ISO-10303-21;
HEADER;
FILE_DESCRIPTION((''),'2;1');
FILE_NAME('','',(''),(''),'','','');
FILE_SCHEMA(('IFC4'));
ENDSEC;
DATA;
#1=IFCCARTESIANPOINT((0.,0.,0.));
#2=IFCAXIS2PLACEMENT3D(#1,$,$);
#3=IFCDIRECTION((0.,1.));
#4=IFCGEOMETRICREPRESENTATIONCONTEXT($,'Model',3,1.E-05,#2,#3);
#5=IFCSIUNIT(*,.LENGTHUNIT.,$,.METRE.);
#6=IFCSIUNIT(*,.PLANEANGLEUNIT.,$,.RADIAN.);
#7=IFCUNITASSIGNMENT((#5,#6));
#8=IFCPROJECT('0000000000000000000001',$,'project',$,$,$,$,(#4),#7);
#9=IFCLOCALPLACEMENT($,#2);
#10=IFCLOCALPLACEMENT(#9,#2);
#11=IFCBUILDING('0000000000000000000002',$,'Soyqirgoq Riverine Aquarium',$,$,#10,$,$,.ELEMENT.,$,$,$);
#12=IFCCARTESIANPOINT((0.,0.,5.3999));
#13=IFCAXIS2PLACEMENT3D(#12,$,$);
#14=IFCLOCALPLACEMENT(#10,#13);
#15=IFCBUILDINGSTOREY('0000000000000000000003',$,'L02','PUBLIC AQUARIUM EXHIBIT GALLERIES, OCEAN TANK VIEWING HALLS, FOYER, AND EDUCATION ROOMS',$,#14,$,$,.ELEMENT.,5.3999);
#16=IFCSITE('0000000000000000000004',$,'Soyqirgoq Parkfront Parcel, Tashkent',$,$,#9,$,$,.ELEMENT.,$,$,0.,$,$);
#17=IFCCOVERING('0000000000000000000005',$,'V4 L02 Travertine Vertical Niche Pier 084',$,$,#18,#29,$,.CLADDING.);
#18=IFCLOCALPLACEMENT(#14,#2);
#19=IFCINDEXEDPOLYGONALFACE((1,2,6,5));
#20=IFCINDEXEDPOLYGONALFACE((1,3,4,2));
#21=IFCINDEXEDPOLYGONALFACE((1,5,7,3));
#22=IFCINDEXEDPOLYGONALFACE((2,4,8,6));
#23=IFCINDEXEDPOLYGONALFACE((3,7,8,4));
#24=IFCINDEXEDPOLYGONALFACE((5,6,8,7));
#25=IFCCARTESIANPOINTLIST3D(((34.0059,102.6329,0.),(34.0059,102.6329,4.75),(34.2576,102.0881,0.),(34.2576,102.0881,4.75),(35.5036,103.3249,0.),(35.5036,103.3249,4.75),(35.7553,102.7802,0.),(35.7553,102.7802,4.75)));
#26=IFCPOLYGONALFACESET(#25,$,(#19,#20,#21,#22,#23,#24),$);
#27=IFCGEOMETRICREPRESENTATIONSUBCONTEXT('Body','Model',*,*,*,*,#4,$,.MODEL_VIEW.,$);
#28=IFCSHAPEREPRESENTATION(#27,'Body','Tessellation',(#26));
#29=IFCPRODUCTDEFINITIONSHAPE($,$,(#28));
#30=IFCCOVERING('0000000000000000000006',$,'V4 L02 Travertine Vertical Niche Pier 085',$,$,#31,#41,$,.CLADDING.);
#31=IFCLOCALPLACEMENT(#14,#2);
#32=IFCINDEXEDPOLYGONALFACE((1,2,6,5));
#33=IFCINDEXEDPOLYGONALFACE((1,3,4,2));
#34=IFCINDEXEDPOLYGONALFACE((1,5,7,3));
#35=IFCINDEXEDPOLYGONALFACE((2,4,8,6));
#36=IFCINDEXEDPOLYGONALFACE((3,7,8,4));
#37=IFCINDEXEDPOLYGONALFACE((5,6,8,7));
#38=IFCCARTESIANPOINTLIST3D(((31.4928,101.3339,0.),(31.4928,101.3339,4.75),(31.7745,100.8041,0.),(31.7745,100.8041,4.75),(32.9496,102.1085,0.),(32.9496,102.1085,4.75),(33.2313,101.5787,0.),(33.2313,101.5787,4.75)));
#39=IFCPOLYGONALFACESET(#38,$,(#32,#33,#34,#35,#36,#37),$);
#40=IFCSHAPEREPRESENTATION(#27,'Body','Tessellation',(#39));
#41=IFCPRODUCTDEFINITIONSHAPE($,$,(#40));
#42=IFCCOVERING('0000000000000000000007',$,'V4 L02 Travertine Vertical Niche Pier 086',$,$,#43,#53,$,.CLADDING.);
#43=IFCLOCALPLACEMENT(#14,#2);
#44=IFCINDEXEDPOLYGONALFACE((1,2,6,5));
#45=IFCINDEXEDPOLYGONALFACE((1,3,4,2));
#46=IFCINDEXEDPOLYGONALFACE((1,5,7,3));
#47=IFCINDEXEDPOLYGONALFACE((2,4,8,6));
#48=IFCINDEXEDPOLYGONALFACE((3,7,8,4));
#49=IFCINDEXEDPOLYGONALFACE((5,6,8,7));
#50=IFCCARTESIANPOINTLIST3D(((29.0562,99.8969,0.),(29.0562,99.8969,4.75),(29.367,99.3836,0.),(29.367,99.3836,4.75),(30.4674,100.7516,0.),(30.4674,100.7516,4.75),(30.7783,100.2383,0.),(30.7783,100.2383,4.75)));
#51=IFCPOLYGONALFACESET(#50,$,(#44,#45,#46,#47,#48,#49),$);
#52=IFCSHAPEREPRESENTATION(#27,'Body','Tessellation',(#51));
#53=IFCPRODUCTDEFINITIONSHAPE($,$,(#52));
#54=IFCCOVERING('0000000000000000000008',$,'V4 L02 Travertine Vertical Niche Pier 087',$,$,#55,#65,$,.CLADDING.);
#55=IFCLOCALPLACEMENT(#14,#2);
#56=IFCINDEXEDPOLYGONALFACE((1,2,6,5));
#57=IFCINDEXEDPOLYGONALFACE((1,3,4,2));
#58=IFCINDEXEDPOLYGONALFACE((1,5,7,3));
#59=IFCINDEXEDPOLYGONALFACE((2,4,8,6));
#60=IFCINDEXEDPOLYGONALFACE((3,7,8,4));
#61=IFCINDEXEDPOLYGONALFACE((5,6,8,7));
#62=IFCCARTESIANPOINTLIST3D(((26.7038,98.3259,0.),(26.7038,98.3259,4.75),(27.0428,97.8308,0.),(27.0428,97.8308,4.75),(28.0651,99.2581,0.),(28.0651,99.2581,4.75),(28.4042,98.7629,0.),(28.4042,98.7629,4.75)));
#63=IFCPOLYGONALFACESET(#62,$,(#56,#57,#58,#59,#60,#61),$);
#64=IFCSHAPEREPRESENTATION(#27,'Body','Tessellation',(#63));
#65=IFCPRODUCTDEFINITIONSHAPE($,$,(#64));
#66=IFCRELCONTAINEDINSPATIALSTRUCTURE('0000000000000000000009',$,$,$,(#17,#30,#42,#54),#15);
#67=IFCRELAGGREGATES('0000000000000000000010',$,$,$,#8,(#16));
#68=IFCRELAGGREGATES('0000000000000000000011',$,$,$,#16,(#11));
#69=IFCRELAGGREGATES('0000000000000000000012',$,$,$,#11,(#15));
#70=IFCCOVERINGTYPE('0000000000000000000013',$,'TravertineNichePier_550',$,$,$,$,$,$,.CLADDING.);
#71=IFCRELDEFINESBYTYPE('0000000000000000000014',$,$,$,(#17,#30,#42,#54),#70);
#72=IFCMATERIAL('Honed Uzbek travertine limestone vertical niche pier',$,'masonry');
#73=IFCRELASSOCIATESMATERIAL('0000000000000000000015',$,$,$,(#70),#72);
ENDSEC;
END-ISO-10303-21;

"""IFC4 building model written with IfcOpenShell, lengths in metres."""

from ifc_helpers import new_model, si_unit, direction, frame, origin, origin_2d, place, context, subcontext, project, spatial, rectangle, extrude, material, type_object, element, save


model = new_model("IFC4")

# Units and contexts
model_context = context("Model", 3, precision=1e-05, world=origin(), true_north=direction((0.0, 1.0)))
body_context = subcontext(model_context, "Body", "Model", "MODEL_VIEW")
ifc_project = project(units=[si_unit("LENGTHUNIT", "METRE"), si_unit("PLANEANGLEUNIT", "RADIAN")], contexts=[model_context])

# Site, building, storey
site_placement = place(None, origin())
site = spatial("IfcSite", under=ifc_project, at=site_placement, Name="Soyqirgoq Parkfront Parcel, Tashkent", CompositionType="ELEMENT", RefElevation=0.0)
building_placement = place(site_placement, origin())
building = spatial("IfcBuilding", under=site, at=building_placement, Name="Soyqirgoq Riverine Aquarium", CompositionType="ELEMENT")
storey_placement = place(building_placement, frame((0.0, 0.0, 5.3999)))
storey = spatial("IfcBuildingStorey", under=building, at=storey_placement, Name="L02", Description="PUBLIC AQUARIUM EXHIBIT GALLERIES, OCEAN TANK VIEWING HALLS, FOYER, AND EDUCATION ROOMS", CompositionType="ELEMENT", Elevation=5.3999)

# Coverings
ifc_material_1 = material(Name="Honed Uzbek travertine limestone vertical niche pier", Category="masonry")
covering_type_1 = type_object("IfcCoveringType", Name="TravertineNichePier_550", PredefinedType="CLADDING", material=ifc_material_1)
for number, where, z_axis, x_axis, name in (
    (1, (34.8806, 102.7065, 0.0), (0.0, 0.0, 1.0), (-0.419452, 0.907777, 0.0), "V4 L02 Travertine Vertical Niche Pier 084"),
    (2, (32.3621, 101.4563, 0.0), (0.0, 0.0, 1.0), (-0.469472, 0.882948, 0.0), "V4 L02 Travertine Vertical Niche Pier 085"),
    (3, (29.9172, 100.0676, 0.0), (0.0, 0.0, 1.0), (-0.518027, 0.855364, 0.0), "V4 L02 Travertine Vertical Niche Pier 086"),
    (4, (27.554, 98.5444, 0.0), (0.0, 0.0, 1.0), (-0.564967, 0.825113, 0.0), "V4 L02 Travertine Vertical Niche Pier 087"),
):
    element("IfcCovering", number, at=place(storey_placement, frame(where, z_axis=z_axis, x_axis=x_axis)), inside=storey, type_object=covering_type_1, Name=name, PredefinedType="CLADDING", context=body_context, shape_type="SweptSolid", body=[
        extrude(rectangle(XDim=0.6001, YDim=1.6499, at=origin_2d()), origin(), (0.0, 0.0, 1.0), 4.75),
    ])

save(model, "model.ifc")
